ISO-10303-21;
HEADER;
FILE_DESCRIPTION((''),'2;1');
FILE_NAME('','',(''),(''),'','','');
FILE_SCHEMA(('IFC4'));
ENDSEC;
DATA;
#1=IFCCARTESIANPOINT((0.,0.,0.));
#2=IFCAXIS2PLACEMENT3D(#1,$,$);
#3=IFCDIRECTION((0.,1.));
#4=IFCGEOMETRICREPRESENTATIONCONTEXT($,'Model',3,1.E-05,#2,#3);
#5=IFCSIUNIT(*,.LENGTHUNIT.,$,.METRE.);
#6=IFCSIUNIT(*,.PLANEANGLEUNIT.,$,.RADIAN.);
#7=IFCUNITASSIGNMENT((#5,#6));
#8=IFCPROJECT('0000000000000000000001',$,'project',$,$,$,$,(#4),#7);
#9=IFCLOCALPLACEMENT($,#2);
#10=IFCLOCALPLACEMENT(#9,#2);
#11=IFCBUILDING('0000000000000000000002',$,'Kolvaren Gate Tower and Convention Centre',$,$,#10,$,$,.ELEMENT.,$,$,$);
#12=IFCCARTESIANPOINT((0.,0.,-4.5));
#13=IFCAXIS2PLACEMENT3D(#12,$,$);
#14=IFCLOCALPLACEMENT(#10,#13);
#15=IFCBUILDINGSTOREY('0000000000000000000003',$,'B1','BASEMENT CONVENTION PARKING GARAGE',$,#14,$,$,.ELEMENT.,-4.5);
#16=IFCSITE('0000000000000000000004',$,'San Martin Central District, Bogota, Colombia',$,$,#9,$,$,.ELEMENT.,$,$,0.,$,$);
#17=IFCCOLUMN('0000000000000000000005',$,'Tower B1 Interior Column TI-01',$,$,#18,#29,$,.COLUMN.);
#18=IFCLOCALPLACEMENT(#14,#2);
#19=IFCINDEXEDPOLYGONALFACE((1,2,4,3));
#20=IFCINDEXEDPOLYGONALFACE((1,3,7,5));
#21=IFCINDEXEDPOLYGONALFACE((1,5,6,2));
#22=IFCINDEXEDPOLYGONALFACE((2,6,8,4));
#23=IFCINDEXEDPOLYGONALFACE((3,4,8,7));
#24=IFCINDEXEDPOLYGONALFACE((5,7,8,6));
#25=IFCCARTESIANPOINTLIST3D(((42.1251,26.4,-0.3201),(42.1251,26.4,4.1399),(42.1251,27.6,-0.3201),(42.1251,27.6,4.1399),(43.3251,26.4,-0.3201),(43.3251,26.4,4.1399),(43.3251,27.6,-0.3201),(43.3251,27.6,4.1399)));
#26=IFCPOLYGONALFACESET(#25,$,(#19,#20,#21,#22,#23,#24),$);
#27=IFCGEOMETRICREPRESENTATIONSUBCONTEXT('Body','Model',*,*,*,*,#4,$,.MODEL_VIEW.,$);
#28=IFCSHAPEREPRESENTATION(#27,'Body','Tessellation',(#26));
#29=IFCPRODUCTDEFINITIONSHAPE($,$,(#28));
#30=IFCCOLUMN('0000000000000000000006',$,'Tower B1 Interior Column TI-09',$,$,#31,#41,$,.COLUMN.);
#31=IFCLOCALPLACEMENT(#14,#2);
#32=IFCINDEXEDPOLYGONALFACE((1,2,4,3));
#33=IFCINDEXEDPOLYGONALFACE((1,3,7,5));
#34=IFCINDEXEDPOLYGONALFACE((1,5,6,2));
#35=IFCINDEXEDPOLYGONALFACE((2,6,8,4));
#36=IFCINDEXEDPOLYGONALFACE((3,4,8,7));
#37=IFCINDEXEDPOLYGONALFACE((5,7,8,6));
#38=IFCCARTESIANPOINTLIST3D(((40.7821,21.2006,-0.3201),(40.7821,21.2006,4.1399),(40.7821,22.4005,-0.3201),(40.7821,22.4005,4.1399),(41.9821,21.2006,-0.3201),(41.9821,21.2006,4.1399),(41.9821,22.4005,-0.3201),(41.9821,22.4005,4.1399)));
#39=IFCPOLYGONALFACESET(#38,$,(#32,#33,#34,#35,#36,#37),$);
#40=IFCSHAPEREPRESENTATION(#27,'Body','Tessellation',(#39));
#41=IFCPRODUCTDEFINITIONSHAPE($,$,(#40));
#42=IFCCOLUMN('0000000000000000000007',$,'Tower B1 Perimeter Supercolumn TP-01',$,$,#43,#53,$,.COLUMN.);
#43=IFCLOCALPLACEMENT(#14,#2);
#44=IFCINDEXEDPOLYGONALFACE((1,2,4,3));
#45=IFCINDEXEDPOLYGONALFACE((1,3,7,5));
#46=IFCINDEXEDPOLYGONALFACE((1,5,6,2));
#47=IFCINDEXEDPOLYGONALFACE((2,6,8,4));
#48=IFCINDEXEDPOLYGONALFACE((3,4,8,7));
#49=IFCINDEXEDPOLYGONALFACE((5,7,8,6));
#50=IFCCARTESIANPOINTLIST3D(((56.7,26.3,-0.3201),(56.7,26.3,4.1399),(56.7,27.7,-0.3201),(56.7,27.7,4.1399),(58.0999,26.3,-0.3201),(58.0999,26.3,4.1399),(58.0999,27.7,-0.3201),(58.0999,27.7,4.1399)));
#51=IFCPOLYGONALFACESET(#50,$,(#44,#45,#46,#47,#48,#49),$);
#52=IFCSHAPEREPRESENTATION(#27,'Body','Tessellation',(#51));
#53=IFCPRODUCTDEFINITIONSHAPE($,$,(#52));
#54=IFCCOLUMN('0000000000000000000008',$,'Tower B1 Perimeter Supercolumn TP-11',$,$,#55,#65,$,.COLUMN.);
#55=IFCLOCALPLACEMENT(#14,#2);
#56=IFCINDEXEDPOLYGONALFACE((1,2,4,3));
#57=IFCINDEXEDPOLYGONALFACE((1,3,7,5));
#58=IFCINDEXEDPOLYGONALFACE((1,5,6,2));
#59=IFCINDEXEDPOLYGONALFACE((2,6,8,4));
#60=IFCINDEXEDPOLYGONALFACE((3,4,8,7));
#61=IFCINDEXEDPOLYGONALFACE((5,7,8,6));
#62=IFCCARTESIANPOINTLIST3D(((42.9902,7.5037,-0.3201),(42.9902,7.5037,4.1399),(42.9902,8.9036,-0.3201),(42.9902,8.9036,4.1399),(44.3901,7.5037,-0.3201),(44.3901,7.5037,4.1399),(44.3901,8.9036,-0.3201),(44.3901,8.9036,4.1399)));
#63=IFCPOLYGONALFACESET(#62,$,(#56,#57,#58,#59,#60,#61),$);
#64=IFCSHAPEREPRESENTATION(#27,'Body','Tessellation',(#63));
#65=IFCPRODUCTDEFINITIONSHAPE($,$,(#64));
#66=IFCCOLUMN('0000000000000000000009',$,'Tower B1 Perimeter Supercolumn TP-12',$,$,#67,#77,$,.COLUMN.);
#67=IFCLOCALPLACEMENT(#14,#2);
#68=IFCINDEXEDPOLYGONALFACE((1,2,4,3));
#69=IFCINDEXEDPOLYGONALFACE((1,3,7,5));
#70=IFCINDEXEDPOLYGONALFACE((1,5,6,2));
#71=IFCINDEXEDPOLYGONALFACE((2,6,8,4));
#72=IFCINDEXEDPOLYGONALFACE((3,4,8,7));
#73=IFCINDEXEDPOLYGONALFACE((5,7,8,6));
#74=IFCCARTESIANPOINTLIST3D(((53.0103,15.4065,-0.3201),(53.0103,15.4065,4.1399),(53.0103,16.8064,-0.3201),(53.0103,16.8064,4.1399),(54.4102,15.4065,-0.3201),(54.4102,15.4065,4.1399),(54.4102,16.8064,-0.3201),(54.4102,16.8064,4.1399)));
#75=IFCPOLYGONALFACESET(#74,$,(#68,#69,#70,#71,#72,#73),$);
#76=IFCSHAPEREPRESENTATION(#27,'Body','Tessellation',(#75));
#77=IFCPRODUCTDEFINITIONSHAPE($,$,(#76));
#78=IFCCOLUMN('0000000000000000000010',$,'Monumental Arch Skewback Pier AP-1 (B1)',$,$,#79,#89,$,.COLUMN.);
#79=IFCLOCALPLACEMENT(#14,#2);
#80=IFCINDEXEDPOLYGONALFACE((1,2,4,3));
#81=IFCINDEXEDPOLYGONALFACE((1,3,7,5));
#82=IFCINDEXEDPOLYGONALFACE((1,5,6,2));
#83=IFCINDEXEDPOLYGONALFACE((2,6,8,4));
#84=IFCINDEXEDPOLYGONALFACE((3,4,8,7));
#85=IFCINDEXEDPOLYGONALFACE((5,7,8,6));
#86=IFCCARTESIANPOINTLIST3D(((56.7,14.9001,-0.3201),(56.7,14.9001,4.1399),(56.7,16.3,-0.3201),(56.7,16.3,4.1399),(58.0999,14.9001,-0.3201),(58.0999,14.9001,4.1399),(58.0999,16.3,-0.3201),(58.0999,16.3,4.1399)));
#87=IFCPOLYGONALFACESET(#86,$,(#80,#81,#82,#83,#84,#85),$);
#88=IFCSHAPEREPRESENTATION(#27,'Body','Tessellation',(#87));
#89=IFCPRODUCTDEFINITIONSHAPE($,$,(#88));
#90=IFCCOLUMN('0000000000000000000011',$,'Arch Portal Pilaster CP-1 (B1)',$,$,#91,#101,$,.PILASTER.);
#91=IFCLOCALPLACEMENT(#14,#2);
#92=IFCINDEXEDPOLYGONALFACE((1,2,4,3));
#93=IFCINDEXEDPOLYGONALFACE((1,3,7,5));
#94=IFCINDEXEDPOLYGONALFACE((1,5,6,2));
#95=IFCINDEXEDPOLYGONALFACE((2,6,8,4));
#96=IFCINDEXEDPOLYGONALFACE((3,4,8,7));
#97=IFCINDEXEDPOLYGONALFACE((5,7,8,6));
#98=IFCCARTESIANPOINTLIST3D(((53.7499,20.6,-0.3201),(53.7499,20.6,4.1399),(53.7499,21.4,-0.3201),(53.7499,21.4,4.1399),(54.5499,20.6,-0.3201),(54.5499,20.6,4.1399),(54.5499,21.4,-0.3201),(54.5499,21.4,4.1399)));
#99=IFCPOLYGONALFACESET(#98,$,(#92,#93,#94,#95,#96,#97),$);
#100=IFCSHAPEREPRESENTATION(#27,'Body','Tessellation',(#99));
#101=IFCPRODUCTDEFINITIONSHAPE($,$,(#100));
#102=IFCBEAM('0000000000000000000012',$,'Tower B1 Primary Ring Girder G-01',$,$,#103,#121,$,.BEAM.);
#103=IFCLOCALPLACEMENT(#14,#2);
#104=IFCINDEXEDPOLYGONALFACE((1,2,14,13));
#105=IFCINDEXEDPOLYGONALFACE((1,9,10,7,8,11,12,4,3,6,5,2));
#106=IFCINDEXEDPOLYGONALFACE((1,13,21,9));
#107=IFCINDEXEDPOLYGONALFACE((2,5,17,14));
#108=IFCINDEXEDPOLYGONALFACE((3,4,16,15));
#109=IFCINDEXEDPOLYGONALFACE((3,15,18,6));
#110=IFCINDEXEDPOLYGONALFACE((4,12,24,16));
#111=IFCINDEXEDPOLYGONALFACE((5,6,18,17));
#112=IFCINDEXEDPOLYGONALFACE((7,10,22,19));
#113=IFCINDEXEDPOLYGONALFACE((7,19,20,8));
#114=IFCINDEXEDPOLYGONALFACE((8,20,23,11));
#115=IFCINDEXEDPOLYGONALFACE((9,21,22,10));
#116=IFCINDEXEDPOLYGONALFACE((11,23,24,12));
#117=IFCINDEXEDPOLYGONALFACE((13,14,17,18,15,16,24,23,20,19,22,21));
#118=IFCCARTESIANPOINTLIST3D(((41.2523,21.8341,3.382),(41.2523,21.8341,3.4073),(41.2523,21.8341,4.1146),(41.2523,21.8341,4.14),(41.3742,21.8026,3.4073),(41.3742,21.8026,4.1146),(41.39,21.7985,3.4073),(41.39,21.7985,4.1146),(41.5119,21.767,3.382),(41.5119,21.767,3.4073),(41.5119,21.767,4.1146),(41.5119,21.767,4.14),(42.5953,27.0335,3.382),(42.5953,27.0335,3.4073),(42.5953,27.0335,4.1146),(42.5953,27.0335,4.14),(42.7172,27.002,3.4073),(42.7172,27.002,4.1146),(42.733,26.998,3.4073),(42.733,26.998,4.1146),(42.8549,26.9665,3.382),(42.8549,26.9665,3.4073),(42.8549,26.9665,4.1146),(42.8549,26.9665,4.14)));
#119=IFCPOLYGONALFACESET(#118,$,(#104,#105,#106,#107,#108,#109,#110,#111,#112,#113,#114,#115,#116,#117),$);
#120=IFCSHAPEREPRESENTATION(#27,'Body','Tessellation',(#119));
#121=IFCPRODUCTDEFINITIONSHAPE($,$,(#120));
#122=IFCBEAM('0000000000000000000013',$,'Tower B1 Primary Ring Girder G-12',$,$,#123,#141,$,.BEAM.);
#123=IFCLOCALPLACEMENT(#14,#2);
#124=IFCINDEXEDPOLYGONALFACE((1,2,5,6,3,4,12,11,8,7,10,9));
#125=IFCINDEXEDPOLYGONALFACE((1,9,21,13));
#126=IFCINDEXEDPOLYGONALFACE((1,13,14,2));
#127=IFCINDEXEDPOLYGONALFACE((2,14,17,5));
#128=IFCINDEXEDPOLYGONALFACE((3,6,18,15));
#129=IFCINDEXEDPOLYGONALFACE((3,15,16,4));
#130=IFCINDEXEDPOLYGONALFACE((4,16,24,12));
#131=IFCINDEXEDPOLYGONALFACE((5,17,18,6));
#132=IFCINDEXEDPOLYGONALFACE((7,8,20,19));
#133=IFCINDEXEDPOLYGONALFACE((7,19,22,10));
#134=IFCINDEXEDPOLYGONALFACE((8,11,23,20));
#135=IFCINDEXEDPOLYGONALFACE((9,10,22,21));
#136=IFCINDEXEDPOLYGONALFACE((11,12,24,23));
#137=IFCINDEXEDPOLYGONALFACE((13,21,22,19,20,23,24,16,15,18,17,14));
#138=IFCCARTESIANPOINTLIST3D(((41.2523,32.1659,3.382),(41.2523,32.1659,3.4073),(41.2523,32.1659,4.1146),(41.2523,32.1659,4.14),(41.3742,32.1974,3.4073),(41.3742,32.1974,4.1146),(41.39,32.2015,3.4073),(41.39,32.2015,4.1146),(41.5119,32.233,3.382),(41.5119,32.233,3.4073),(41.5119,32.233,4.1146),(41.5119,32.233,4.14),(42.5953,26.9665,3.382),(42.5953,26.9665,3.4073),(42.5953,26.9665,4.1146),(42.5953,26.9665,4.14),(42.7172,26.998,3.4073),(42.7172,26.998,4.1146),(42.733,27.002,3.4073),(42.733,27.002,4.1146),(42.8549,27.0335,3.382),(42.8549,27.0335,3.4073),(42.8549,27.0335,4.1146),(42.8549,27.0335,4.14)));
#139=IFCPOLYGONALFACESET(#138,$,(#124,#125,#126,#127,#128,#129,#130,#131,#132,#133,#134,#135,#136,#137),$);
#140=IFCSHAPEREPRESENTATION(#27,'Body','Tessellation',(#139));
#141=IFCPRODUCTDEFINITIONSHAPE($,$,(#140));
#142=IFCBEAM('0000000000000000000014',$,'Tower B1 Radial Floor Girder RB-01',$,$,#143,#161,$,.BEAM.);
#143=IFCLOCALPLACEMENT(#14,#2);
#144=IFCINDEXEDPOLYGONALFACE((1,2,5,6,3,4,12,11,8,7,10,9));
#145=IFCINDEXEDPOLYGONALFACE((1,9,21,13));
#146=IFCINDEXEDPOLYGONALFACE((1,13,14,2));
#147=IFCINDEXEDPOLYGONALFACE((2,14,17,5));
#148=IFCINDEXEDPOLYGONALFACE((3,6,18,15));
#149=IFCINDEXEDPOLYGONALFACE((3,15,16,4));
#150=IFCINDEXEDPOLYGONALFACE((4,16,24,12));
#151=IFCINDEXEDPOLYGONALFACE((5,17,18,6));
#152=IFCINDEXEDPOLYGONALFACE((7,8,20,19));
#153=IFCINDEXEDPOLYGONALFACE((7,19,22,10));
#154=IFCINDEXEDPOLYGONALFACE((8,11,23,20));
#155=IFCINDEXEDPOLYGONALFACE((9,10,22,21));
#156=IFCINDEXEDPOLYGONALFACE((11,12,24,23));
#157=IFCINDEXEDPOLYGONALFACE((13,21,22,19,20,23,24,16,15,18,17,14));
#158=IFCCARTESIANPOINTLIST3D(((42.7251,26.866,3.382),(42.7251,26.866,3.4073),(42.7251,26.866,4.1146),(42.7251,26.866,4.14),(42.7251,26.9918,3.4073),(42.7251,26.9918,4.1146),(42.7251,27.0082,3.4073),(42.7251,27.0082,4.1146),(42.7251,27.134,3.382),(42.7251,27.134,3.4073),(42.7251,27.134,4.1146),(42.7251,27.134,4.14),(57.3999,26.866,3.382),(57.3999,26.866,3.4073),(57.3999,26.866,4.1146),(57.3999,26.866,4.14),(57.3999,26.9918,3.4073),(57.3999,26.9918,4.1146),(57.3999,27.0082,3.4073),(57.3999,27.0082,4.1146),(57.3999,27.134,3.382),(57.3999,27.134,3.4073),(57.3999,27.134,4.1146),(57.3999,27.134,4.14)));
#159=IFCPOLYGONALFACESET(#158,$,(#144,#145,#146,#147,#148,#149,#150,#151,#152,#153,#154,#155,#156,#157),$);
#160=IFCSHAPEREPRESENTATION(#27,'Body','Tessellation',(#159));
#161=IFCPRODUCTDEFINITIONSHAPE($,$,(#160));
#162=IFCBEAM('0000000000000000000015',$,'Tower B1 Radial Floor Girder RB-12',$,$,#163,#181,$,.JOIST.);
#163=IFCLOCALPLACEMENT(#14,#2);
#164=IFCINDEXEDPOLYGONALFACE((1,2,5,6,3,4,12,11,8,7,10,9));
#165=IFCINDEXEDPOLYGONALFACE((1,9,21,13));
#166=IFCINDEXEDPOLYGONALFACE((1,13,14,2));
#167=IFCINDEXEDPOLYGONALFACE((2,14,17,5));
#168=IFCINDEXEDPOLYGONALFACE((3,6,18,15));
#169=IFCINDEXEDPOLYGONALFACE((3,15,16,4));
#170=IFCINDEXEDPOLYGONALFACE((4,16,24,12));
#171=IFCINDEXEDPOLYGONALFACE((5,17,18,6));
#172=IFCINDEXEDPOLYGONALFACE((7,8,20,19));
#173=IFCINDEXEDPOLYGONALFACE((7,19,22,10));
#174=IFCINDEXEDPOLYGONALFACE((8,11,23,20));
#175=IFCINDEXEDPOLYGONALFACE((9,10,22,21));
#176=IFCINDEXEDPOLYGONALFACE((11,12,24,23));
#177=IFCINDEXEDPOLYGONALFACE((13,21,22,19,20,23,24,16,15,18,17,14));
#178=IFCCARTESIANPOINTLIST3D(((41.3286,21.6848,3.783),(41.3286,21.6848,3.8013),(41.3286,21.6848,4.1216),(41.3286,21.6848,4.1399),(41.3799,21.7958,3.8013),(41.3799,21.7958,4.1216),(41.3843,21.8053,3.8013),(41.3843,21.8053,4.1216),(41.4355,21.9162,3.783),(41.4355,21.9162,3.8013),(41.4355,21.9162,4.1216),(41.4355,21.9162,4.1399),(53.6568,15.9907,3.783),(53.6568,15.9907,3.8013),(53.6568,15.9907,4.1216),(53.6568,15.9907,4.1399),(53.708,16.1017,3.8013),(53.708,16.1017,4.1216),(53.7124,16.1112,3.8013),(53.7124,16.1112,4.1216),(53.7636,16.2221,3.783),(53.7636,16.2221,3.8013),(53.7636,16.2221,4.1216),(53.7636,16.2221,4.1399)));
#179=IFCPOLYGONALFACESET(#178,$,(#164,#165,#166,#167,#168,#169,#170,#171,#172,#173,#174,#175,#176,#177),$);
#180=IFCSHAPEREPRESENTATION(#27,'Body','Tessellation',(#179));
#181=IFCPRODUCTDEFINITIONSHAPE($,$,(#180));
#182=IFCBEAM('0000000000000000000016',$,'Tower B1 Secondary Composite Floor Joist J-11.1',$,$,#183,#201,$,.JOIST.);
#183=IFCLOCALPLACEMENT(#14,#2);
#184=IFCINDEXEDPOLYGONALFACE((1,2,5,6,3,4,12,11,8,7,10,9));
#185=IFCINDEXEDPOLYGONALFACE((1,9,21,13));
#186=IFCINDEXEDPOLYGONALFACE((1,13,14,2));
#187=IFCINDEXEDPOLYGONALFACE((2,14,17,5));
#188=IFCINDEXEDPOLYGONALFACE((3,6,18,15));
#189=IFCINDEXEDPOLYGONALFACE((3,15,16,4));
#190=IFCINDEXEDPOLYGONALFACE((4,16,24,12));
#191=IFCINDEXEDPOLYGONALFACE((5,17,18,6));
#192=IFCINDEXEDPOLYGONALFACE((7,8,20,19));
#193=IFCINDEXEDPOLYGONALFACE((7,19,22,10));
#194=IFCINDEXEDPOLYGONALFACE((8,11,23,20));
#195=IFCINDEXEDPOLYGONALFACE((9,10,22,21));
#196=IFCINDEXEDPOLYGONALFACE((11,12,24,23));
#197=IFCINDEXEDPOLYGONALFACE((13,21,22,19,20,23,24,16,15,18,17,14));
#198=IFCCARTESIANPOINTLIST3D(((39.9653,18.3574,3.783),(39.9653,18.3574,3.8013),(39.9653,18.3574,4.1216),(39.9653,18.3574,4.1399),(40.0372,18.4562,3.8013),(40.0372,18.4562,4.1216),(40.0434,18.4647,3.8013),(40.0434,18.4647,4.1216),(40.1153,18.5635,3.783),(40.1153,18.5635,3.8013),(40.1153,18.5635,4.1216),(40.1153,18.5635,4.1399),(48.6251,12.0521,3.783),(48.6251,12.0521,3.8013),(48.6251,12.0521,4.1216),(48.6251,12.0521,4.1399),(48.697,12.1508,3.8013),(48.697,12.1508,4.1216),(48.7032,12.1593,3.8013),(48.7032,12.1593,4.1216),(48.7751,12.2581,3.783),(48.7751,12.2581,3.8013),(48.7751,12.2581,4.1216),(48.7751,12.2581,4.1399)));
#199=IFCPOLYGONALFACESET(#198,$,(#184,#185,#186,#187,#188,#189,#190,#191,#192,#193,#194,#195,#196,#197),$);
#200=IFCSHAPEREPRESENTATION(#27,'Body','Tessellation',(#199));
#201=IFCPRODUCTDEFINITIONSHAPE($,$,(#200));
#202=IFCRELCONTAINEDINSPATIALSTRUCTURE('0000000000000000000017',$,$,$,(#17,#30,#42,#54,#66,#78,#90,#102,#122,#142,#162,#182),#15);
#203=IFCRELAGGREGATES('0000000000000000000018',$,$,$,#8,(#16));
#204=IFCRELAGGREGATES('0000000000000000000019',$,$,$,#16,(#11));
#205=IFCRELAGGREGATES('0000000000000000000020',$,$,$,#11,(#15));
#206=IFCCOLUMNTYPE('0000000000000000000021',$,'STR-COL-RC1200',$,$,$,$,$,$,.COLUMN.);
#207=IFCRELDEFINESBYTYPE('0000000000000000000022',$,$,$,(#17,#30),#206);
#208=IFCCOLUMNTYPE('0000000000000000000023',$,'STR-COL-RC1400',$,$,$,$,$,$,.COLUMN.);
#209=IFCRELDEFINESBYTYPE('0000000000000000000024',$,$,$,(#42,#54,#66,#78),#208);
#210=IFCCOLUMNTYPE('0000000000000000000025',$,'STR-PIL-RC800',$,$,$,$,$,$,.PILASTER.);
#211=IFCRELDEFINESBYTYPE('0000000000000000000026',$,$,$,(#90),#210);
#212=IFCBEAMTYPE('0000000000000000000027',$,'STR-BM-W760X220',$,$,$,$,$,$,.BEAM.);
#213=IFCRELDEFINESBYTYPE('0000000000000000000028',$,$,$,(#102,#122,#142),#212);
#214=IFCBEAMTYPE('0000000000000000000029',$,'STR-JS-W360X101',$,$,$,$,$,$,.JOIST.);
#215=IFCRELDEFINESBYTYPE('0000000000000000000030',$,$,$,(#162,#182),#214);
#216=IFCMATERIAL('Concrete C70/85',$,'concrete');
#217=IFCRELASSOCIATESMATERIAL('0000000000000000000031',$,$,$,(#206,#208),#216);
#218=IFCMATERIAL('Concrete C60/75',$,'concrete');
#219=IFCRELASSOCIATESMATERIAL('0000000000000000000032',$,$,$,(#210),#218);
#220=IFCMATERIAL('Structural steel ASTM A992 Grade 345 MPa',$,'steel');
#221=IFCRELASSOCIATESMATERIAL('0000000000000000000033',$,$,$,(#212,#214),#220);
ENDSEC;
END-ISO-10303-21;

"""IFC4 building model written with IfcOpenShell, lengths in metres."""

from ifc_helpers import new_model, si_unit, direction, frame, origin, origin_2d, place, context, subcontext, project, spatial, rectangle, i_section, extrude, material, material_profile, profile_set, type_object, element, save


model = new_model("IFC4")

# Units and contexts
model_context = context("Model", 3, precision=1e-05, world=origin(), true_north=direction((0.0, 1.0)))
body_context = subcontext(model_context, "Body", "Model", "MODEL_VIEW")
ifc_project = project(units=[si_unit("LENGTHUNIT", "METRE"), si_unit("PLANEANGLEUNIT", "RADIAN")], contexts=[model_context])

# Site, building, storey
site_placement = place(None, origin())
site = spatial("IfcSite", under=ifc_project, at=site_placement, Name="San Martin Central District, Bogota, Colombia", CompositionType="ELEMENT", RefElevation=0.0)
building_placement = place(site_placement, origin())
building = spatial("IfcBuilding", under=site, at=building_placement, Name="Kolvaren Gate Tower and Convention Centre", CompositionType="ELEMENT")
storey_placement = place(building_placement, frame((0.0, 0.0, -4.5)))
storey = spatial("IfcBuildingStorey", under=building, at=storey_placement, Name="B1", Description="BASEMENT CONVENTION PARKING GARAGE", CompositionType="ELEMENT", Elevation=-4.5)

# Columns
ifc_material_1 = material(Name="Concrete C70/85", Category="concrete")
ifc_material_profile_1 = material_profile(ifc_material_1, rectangle(XDim=1.2, YDim=1.2, at=origin_2d()), Name="RC-COL-1200X1200")
ifc_profile_set_1 = profile_set([ifc_material_profile_1], Name="Concrete C70/85")
column_type_1 = type_object("IfcColumnType", Name="STR-COL-RC1200", PredefinedType="COLUMN", material=ifc_profile_set_1)
for number, where, z_axis, x_axis, name in (
    (1, (42.7251, 27.0, -0.3201), (0.0, 0.0, 1.0), (1.0, 0.0, 0.0), "Tower B1 Interior Column TI-01"),
    (2, (41.3821, 21.8005, -0.3201), (0.0, 0.0, 1.0), (1.0, 0.0, 0.0), "Tower B1 Interior Column TI-09"),
):
    element("IfcColumn", number, at=place(storey_placement, frame(where, z_axis=z_axis, x_axis=x_axis)), inside=storey, type_object=column_type_1, Name=name, PredefinedType="COLUMN", context=body_context, shape_type="SweptSolid", body=[
        extrude(rectangle(XDim=1.2, YDim=1.2, at=origin_2d()), origin(), (0.0, 0.0, 1.0), 4.46),
    ])
ifc_material_profile_2 = material_profile(ifc_material_1, rectangle(XDim=1.3999, YDim=1.3999, at=origin_2d()), Name="RC-COL-1400X1400")
ifc_profile_set_2 = profile_set([ifc_material_profile_2], Name="Concrete C70/85")
column_type_2 = type_object("IfcColumnType", Name="STR-COL-RC1400", PredefinedType="COLUMN", material=ifc_profile_set_2)
for number, where, z_axis, x_axis, name in (
    (3, (57.3999, 27.0, -0.3201), (0.0, 0.0, 1.0), (1.0, 0.0, 0.0), "Tower B1 Perimeter Supercolumn TP-01"),
    (4, (43.6902, 8.2036, -0.3201), (0.0, 0.0, 1.0), (1.0, 0.0, 0.0), "Tower B1 Perimeter Supercolumn TP-11"),
    (5, (53.7102, 16.1064, -0.3201), (0.0, 0.0, 1.0), (1.0, 0.0, 0.0), "Tower B1 Perimeter Supercolumn TP-12"),
    (6, (57.3999, 15.6001, -0.3201), (0.0, 0.0, 1.0), (1.0, 0.0, 0.0), "Monumental Arch Skewback Pier AP-1 (B1)"),
):
    element("IfcColumn", number, at=place(storey_placement, frame(where, z_axis=z_axis, x_axis=x_axis)), inside=storey, type_object=column_type_2, Name=name, PredefinedType="COLUMN", context=body_context, shape_type="SweptSolid", body=[
        extrude(rectangle(XDim=1.3999, YDim=1.3999, at=origin_2d()), origin(), (0.0, 0.0, 1.0), 4.46),
    ])
ifc_material_2 = material(Name="Concrete C60/75", Category="concrete")
ifc_material_profile_3 = material_profile(ifc_material_2, rectangle(XDim=0.8, YDim=0.8, at=origin_2d()), Name="RC-COL-800X800")
ifc_profile_set_3 = profile_set([ifc_material_profile_3], Name="Concrete C60/75")
column_type_3 = type_object("IfcColumnType", Name="STR-PIL-RC800", PredefinedType="PILASTER", material=ifc_profile_set_3)
column_placement = place(storey_placement, frame((54.1499, 21.0, -0.3201), z_axis=(0.0, 0.0, 1.0), x_axis=(1.0, 0.0, 0.0)))
element("IfcColumn", 7, at=column_placement, inside=storey, type_object=column_type_3, Name="Arch Portal Pilaster CP-1 (B1)", PredefinedType="PILASTER", context=body_context, shape_type="SweptSolid", body=[
    extrude(rectangle(XDim=0.8, YDim=0.8, at=origin_2d()), origin(), (0.0, 0.0, 1.0), 4.46),
])

# Beams
ifc_material_3 = material(Name="Structural steel ASTM A992 Grade 345 MPa", Category="steel")
ifc_material_profile_4 = material_profile(ifc_material_3, i_section(OverallWidth=0.2681, OverallDepth=0.7581, WebThickness=0.0164, FlangeThickness=0.0254, at=origin_2d()), Name="W760X220")
ifc_profile_set_4 = profile_set([ifc_material_profile_4], Name="Structural steel ASTM A992 Grade 345 MPa")
beam_type_1 = type_object("IfcBeamType", Name="STR-BM-W760X220", PredefinedType="BEAM", material=ifc_profile_set_4)
for number, where, z_axis, x_axis, name in (
    (8, (42.7251, 27.0, 3.761), (-0.250091, -0.968222, 0.0), (0.968222, -0.250091, 0.0), "Tower B1 Primary Ring Girder G-01"),
    (9, (42.7251, 27.0, 3.761), (-0.250091, 0.968222, 0.0), (-0.968222, -0.250091, 0.0), "Tower B1 Primary Ring Girder G-12"),
):
    element("IfcBeam", number, at=place(storey_placement, frame(where, z_axis=z_axis, x_axis=x_axis)), inside=storey, type_object=beam_type_1, Name=name, PredefinedType="BEAM", context=body_context, shape_type="SweptSolid", body=[
        extrude(i_section(OverallWidth=0.2681, OverallDepth=0.7581, WebThickness=0.0164, FlangeThickness=0.0254, at=origin_2d()), origin(), (0.0, 0.0, 1.0), 5.3701),
    ])
beam_1_placement = place(storey_placement, frame((42.7251, 27.0, 3.761), z_axis=(1.0, 0.0, 0.0), x_axis=(0.0, 1.0, 0.0)))
element("IfcBeam", 10, at=beam_1_placement, inside=storey, type_object=beam_type_1, Name="Tower B1 Radial Floor Girder RB-01", PredefinedType="BEAM", context=body_context, shape_type="SweptSolid", body=[
    extrude(i_section(OverallWidth=0.2681, OverallDepth=0.7581, WebThickness=0.0164, FlangeThickness=0.0254, at=origin_2d()), origin(), (0.0, 0.0, 1.0), 14.6748),
])
ifc_material_profile_5 = material_profile(ifc_material_3, i_section(OverallWidth=0.2549, OverallDepth=0.3569, WebThickness=0.0105, FlangeThickness=0.0183, at=origin_2d()), Name="W360X101")
ifc_profile_set_5 = profile_set([ifc_material_profile_5], Name="Structural steel ASTM A992 Grade 345 MPa")
beam_type_2 = type_object("IfcBeamType", Name="STR-JS-W360X101", PredefinedType="JOIST", material=ifc_profile_set_5)
beam_2_placement = place(storey_placement, frame((41.3821, 21.8005, 3.9614), z_axis=(0.907842, -0.419312, 0.0), x_axis=(0.419312, 0.907842, 0.0)))
element("IfcBeam", 11, at=beam_2_placement, inside=storey, type_object=beam_type_2, Name="Tower B1 Radial Floor Girder RB-12", PredefinedType="JOIST", context=body_context, shape_type="SweptSolid", body=[
    extrude(i_section(OverallWidth=0.2549, OverallDepth=0.3569, WebThickness=0.0105, FlangeThickness=0.0183, at=origin_2d()), origin(), (0.0, 0.0, 1.0), 13.5796),
])
beam_3_placement = place(storey_placement, frame((40.0403, 18.4604, 3.9614), z_axis=(0.808412, -0.588617, 0.0), x_axis=(0.588617, 0.808412, 0.0)))
element("IfcBeam", 12, at=beam_3_placement, inside=storey, type_object=beam_type_2, Name="Tower B1 Secondary Composite Floor Joist J-11.1", PredefinedType="JOIST", context=body_context, shape_type="SweptSolid", body=[
    extrude(i_section(OverallWidth=0.2549, OverallDepth=0.3569, WebThickness=0.0105, FlangeThickness=0.0183, at=origin_2d()), origin(), (0.0, 0.0, 1.0), 10.7122),
])

save(model, "model.ifc")
